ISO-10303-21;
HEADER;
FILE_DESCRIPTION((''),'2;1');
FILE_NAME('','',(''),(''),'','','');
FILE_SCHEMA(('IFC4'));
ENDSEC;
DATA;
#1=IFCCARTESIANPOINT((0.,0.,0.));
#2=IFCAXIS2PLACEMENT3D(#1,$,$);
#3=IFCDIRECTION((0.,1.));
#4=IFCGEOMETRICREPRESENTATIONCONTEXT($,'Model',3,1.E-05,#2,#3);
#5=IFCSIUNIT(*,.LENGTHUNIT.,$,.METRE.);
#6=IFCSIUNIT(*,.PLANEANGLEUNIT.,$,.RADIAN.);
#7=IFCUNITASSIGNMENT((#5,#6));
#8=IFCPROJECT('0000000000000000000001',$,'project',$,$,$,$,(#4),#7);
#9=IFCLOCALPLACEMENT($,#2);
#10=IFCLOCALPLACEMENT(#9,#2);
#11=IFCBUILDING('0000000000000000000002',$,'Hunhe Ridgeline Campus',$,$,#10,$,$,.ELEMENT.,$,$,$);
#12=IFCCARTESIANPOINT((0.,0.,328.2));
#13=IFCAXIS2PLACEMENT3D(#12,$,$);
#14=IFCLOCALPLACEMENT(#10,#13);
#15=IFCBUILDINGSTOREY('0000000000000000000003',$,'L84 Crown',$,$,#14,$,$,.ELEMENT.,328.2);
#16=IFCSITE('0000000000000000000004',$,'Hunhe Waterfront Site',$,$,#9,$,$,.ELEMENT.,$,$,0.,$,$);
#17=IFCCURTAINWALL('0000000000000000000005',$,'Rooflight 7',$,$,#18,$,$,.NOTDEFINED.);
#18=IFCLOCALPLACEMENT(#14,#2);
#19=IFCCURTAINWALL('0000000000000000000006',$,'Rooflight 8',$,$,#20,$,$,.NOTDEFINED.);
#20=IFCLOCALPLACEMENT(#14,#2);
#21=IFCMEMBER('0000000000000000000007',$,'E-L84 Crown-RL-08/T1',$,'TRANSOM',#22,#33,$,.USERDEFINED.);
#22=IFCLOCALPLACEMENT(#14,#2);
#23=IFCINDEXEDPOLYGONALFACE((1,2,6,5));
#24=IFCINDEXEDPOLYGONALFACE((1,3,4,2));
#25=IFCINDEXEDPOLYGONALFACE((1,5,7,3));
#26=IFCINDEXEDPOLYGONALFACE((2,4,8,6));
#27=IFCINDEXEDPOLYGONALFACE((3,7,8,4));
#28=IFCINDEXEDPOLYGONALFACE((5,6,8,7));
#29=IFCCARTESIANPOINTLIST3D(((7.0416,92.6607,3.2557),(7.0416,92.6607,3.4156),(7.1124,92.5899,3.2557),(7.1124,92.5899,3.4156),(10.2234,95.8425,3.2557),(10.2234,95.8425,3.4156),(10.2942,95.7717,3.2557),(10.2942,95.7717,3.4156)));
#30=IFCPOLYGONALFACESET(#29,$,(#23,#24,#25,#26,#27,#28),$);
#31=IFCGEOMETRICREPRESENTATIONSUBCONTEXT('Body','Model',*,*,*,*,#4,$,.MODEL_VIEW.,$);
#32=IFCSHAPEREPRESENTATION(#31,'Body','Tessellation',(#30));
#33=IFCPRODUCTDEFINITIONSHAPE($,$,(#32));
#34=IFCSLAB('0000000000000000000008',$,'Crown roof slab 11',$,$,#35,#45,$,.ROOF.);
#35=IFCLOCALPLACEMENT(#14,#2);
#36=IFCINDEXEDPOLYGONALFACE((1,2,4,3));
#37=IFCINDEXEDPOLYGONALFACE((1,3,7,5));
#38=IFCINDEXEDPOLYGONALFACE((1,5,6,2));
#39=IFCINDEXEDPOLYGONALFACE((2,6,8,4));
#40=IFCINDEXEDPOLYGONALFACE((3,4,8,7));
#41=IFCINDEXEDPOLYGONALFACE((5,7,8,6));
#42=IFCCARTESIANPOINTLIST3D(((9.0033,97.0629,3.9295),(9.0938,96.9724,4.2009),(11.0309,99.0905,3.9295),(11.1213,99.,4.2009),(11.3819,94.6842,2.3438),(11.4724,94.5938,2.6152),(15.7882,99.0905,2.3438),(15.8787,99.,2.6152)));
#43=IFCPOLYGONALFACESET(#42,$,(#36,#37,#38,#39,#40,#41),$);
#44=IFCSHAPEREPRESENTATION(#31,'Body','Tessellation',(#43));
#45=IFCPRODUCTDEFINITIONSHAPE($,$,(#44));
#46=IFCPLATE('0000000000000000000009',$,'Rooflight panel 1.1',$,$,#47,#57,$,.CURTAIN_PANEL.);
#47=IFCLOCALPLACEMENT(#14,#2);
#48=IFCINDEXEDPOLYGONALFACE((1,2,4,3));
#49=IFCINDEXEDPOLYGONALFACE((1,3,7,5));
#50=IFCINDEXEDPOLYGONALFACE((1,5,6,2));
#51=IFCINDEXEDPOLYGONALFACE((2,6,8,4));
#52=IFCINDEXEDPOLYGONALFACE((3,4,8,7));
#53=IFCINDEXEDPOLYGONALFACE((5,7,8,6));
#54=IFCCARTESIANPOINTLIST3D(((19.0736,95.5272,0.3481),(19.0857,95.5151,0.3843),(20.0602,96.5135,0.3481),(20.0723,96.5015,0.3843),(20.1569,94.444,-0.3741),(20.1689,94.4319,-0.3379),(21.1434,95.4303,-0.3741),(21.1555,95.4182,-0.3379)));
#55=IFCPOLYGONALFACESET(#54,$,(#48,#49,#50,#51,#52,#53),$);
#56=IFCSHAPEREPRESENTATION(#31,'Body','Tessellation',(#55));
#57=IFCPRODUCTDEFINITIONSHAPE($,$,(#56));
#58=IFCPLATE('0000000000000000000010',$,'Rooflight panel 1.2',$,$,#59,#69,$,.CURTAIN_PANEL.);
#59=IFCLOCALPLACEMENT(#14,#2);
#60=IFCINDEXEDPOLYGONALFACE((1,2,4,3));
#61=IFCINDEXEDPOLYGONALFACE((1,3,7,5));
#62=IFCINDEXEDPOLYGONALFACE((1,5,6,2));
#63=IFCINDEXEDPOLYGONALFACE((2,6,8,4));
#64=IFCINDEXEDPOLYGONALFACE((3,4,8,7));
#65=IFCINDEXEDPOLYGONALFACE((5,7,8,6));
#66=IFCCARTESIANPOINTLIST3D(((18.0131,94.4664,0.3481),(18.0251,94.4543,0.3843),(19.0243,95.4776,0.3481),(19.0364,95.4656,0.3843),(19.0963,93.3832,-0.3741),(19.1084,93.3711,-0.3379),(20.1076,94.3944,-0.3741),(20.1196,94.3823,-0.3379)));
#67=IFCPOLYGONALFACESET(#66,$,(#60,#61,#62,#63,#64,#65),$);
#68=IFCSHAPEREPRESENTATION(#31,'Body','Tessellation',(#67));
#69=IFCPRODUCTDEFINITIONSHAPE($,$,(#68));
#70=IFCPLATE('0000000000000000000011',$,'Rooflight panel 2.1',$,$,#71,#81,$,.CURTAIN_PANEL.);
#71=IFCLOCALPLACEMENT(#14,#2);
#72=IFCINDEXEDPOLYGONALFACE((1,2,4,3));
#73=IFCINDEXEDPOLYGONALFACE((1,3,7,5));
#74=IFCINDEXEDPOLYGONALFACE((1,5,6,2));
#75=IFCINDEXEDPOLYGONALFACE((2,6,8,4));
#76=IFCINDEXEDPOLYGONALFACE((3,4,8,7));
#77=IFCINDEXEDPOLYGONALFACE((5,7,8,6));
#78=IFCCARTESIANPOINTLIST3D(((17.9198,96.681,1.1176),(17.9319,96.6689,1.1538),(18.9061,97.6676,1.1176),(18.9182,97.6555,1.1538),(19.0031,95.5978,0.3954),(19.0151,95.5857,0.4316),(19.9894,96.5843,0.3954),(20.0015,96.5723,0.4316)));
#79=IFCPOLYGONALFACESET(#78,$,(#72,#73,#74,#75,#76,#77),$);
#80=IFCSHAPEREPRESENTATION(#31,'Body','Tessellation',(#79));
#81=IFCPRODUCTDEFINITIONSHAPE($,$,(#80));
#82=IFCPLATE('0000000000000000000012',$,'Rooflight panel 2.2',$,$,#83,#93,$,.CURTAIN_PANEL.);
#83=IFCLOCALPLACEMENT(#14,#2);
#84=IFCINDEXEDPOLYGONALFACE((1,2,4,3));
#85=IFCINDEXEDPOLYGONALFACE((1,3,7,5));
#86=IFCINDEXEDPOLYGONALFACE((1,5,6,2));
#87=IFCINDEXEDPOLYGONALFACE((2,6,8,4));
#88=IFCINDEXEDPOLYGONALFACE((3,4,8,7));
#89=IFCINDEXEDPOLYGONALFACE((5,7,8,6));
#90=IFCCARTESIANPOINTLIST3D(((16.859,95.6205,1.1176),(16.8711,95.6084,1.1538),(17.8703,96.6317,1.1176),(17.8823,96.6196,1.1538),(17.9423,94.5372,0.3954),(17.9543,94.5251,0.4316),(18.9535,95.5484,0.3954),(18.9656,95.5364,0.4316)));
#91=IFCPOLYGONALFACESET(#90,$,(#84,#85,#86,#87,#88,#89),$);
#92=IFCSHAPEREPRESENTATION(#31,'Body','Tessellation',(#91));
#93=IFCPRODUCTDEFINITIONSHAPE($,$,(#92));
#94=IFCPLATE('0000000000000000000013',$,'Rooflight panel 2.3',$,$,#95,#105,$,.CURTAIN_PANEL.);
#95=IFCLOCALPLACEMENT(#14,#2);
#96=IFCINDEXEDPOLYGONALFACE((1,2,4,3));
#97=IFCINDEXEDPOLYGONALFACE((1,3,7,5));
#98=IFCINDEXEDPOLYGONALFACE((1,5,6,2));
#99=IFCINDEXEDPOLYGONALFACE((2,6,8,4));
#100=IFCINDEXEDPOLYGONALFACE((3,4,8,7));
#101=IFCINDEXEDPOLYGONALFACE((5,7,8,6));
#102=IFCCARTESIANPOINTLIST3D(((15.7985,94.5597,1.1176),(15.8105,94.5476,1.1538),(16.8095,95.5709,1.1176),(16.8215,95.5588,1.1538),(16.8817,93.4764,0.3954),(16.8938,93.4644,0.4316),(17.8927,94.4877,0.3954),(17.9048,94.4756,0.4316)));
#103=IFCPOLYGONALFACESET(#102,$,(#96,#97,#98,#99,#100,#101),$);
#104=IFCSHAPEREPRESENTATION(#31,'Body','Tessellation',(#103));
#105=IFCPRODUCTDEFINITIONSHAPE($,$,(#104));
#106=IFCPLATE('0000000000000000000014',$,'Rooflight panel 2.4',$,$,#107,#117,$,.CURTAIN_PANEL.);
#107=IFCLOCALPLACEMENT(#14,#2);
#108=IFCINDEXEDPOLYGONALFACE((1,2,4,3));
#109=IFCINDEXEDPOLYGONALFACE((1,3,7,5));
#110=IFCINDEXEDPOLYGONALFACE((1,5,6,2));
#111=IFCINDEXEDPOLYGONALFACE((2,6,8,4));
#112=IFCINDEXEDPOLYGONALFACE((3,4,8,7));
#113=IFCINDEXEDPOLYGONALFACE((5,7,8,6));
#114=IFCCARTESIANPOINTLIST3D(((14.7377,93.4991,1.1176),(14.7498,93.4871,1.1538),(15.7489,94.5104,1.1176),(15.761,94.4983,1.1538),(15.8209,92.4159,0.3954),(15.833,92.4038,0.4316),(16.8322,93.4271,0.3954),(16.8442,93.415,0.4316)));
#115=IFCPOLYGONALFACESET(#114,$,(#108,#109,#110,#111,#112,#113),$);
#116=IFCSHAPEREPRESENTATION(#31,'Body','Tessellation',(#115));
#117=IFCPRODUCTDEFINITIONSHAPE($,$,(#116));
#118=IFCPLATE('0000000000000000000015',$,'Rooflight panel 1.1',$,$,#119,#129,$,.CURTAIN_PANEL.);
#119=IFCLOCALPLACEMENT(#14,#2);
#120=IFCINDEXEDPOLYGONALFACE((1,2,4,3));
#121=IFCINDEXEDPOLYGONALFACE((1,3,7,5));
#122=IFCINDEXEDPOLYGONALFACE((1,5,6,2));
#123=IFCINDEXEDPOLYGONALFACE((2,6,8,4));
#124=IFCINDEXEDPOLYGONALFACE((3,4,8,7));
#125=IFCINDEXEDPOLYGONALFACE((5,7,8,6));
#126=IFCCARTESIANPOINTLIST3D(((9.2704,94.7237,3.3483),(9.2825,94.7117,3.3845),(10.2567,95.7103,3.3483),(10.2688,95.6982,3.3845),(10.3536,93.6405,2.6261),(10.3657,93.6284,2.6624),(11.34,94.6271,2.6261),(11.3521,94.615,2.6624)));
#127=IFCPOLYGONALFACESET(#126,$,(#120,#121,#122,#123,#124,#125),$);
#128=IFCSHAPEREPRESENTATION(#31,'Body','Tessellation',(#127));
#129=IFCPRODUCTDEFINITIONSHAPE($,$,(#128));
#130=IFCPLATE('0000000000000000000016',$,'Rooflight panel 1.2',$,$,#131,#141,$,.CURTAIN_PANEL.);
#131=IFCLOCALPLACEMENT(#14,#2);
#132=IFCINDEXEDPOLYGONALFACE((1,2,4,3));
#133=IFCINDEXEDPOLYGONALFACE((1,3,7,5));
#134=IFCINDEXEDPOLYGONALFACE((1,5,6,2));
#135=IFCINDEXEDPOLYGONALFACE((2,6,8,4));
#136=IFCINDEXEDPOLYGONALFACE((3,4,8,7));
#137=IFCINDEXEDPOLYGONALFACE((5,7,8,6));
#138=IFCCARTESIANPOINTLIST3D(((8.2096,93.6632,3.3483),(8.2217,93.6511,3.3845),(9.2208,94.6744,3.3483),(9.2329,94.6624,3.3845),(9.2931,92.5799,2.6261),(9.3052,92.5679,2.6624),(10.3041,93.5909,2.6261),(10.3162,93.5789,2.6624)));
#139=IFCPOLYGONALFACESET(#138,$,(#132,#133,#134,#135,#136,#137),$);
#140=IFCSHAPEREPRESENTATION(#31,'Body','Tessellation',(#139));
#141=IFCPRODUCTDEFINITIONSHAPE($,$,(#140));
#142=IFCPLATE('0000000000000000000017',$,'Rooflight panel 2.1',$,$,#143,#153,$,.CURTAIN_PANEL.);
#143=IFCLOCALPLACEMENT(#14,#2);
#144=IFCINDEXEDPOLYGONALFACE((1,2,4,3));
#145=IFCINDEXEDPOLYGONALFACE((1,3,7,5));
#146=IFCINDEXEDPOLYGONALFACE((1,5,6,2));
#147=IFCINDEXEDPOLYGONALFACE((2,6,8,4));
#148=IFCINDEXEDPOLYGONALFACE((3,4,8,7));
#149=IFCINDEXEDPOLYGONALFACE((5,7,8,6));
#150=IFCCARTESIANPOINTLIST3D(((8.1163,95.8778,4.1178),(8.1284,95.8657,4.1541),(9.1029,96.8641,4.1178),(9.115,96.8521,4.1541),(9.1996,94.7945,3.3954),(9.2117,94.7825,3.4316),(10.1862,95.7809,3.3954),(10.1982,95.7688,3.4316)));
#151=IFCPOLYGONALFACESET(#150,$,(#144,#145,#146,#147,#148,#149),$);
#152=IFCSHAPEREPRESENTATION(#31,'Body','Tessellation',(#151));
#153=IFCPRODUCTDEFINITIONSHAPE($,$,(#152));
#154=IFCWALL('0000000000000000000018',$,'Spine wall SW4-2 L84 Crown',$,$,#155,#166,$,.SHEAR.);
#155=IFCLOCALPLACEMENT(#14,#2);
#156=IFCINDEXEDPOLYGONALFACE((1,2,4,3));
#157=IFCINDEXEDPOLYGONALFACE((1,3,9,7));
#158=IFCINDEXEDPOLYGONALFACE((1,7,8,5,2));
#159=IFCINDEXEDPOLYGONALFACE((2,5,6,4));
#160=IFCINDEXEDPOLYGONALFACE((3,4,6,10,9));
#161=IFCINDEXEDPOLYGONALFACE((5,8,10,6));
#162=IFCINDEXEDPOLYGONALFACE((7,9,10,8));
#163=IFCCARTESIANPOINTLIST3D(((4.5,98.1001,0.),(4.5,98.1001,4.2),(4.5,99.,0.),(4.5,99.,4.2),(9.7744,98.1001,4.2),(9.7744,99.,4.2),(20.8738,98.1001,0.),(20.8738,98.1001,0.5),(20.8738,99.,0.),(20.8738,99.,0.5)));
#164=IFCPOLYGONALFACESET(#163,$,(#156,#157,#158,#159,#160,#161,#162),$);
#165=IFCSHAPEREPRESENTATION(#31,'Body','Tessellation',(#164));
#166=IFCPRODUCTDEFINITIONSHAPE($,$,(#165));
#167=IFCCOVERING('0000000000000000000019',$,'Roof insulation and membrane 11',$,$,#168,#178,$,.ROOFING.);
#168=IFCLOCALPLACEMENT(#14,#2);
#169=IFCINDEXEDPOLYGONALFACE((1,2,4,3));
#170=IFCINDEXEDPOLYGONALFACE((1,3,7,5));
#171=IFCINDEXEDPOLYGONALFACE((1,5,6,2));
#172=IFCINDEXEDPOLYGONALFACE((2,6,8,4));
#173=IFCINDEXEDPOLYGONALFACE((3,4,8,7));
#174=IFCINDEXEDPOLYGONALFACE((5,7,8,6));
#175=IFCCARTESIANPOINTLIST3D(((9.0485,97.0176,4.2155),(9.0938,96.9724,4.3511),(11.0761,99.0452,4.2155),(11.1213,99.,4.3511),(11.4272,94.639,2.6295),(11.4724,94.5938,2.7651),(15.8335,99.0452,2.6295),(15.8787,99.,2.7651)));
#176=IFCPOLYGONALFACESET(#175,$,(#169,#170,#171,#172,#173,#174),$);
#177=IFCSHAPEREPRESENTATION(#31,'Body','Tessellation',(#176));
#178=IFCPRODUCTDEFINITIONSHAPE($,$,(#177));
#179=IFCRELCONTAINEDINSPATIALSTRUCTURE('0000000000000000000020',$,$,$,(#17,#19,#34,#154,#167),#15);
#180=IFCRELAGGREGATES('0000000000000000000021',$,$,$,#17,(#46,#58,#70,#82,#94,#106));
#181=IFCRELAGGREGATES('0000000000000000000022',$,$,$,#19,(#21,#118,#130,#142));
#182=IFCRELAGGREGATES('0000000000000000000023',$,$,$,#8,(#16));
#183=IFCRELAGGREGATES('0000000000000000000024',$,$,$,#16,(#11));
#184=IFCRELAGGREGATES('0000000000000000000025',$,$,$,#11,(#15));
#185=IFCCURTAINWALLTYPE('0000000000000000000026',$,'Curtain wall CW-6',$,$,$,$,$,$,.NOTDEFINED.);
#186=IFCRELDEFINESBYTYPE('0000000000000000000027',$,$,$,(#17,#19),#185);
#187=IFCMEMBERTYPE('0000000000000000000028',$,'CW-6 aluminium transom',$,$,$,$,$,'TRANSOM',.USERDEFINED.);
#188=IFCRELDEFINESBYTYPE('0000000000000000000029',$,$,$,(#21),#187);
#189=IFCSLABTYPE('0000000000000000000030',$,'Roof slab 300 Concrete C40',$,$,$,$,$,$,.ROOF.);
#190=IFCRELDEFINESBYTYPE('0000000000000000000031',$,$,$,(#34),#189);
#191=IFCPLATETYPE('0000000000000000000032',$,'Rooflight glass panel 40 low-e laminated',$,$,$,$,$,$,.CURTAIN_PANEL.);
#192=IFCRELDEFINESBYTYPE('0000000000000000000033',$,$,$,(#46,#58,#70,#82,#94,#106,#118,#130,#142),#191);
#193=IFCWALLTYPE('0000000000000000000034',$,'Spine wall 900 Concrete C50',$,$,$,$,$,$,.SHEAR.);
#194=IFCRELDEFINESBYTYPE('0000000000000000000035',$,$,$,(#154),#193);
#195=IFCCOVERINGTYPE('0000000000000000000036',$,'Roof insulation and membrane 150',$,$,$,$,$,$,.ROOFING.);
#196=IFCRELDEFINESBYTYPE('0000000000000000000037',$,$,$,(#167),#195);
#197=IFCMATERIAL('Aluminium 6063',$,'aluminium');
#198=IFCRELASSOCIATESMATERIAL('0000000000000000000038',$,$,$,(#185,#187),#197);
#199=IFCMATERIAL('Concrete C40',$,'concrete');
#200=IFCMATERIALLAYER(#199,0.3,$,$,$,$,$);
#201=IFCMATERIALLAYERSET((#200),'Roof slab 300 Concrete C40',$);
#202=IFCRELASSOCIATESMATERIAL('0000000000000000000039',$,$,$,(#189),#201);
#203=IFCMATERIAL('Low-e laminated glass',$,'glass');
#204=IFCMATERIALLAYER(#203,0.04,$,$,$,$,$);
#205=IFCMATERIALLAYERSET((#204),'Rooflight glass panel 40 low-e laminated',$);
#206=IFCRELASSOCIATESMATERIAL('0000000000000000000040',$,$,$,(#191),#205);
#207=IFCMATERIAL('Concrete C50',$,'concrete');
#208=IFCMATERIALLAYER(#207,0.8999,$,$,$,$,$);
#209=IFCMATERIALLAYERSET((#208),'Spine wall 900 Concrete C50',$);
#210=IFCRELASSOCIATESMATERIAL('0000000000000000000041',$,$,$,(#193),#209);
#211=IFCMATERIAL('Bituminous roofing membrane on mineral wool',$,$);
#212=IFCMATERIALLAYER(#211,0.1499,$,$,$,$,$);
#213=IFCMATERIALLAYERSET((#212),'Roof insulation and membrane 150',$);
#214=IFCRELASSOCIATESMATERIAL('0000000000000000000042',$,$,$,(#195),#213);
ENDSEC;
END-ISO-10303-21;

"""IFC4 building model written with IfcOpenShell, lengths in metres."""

from ifc_helpers import new_model, si_unit, direction, frame, origin, origin_2d, place, context, subcontext, project, spatial, polyline, rectangle, outline, extrude, material, layer, layer_set, material_profile, profile_set, type_object, element, aggregate, save


model = new_model("IFC4")

# Units and contexts
model_context = context("Model", 3, precision=1e-05, world=origin(), true_north=direction((0.0, 1.0)))
body_context = subcontext(model_context, "Body", "Model", "MODEL_VIEW")
ifc_project = project(units=[si_unit("LENGTHUNIT", "METRE"), si_unit("PLANEANGLEUNIT", "RADIAN")], contexts=[model_context])

# Site, building, storey
site_placement = place(None, origin())
site = spatial("IfcSite", under=ifc_project, at=site_placement, Name="Hunhe Waterfront Site", CompositionType="ELEMENT", RefElevation=0.0)
building_placement = place(site_placement, origin())
building = spatial("IfcBuilding", under=site, at=building_placement, Name="Hunhe Ridgeline Campus", CompositionType="ELEMENT")
storey_placement = place(building_placement, frame((0.0, 0.0, 328.2)))
storey = spatial("IfcBuildingStorey", under=building, at=storey_placement, Name="L84 Crown", CompositionType="ELEMENT", Elevation=328.2)

# Curtain walls
ifc_material_1 = material(Name="Aluminium 6063", Category="aluminium")
curtain_wall_type = type_object("IfcCurtainWallType", Name="Curtain wall CW-6", PredefinedType="NOTDEFINED", material=ifc_material_1)
curtain_wall_1_placement = place(storey_placement, origin())
curtain_wall_1 = element("IfcCurtainWall", 1, at=curtain_wall_1_placement, inside=storey, type_object=curtain_wall_type, Name="Rooflight 7", PredefinedType="NOTDEFINED")
curtain_wall_2_placement = place(storey_placement, origin())
curtain_wall_2 = element("IfcCurtainWall", 2, at=curtain_wall_2_placement, inside=storey, type_object=curtain_wall_type, Name="Rooflight 8", PredefinedType="NOTDEFINED")

# Member
ifc_material_profile_1 = material_profile(ifc_material_1, rectangle(XDim=0.1001, YDim=0.1599, at=origin_2d()))
ifc_profile_set_1 = profile_set([ifc_material_profile_1], Name="Aluminium 6063")
member_type_1 = type_object("IfcMemberType", Name="CW-6 aluminium transom", ElementType="TRANSOM", PredefinedType="USERDEFINED", material=ifc_profile_set_1)
member_1_placement = place(storey_placement, frame((10.2588, 95.8071, 3.3357), z_axis=(-0.707107, -0.707107, 0.0), x_axis=(0.707107, -0.707107, 0.0)))
member_1 = element("IfcMember", 3, at=member_1_placement, type_object=member_type_1, Name="E-L84 Crown-RL-08/T1", ObjectType="TRANSOM", PredefinedType="USERDEFINED", context=body_context, shape_type="SweptSolid", body=[
    extrude(rectangle(XDim=0.1001, YDim=0.1599, at=origin_2d()), origin(), (0.0, 0.0, 1.0), 4.4998),
])

# Slab
ifc_material_2 = material(Name="Concrete C40", Category="concrete")
ifc_layer_1 = layer(ifc_material_2, 0.3)
ifc_layer_set_1 = layer_set([ifc_layer_1], Name="Roof slab 300 Concrete C40")
slab_type = type_object("IfcSlabType", Name="Roof slab 300 Concrete C40", PredefinedType="ROOF", material=ifc_layer_set_1)
slab_placement = place(storey_placement, frame((11.1213, 99.0, 4.2009), z_axis=(0.301499, -0.301499, 0.904542), x_axis=(-0.707107, -0.707107, 0.0)))
element("IfcSlab", 4, at=slab_placement, inside=storey, type_object=slab_type, Name="Crown roof slab 11", PredefinedType="ROOF", context=body_context, shape_type="SweptSolid", body=[
    extrude(outline(polyline([(0.0, 0.0), (2.8674, 0.0), (2.8674, 3.7189), (-3.3639, 3.7189), (0.0, 0.0)])), origin(), (0.0, 0.0, -1.0), 0.3),
])

# Plates
ifc_material_3 = material(Name="Low-e laminated glass", Category="glass")
ifc_layer_2 = layer(ifc_material_3, 0.04)
ifc_layer_set_2 = layer_set([ifc_layer_2], Name="Rooflight glass panel 40 low-e laminated")
plate_type = type_object("IfcPlateType", Name="Rooflight glass panel 40 low-e laminated", PredefinedType="CURTAIN_PANEL", material=ifc_layer_set_2)
plate_1_placement = place(storey_placement, frame((21.1555, 95.4182, -0.3379), z_axis=(0.301474, -0.301549, 0.904534), x_axis=(-0.639602, 0.639602, 0.426401)))
plate_1 = element("IfcPlate", 5, at=plate_1_placement, type_object=plate_type, Name="Rooflight panel 1.1", PredefinedType="CURTAIN_PANEL", context=body_context, shape_type="SweptSolid", body=[
    extrude(outline(polyline([(0.0, 0.0), (1.6936, 0.0), (1.6938, 1.3951), (0.0002, 1.3951), (0.0, 0.0)])), origin(), (0.0, 0.0, -1.0), 0.04),
])
plate_2_placement = place(storey_placement, frame((20.1196, 94.3823, -0.3379), z_axis=(0.301511, -0.301511, 0.904534), x_axis=(-0.639602, 0.639602, 0.426401)))
plate_2 = element("IfcPlate", 6, at=plate_2_placement, type_object=plate_type, Name="Rooflight panel 1.2", PredefinedType="CURTAIN_PANEL", context=body_context, shape_type="SweptSolid", body=[
    extrude(outline(polyline([(0.0, 0.0), (1.6936, 0.0), (1.6936, 1.4301), (0.0, 1.4301), (0.0, 0.0)])), origin(), (0.0, 0.0, -1.0), 0.04),
])
plate_3_placement = place(storey_placement, frame((20.0015, 96.5723, 0.4316), z_axis=(0.301549, -0.301474, 0.904534), x_axis=(-0.639602, 0.639602, 0.426401)))
plate_3 = element("IfcPlate", 7, at=plate_3_placement, type_object=plate_type, Name="Rooflight panel 2.1", PredefinedType="CURTAIN_PANEL", context=body_context, shape_type="SweptSolid", body=[
    extrude(outline(polyline([(0.0, 0.0), (1.6936, 0.0), (1.6935, 1.3951), (-0.0002, 1.3951), (0.0, 0.0)])), origin(), (0.0, 0.0, -1.0), 0.04),
])
plate_4_placement = place(storey_placement, frame((18.9656, 95.5364, 0.4316), z_axis=(0.301511, -0.301511, 0.904534), x_axis=(-0.639602, 0.639602, 0.426401)))
plate_4 = element("IfcPlate", 8, at=plate_4_placement, type_object=plate_type, Name="Rooflight panel 2.2", PredefinedType="CURTAIN_PANEL", context=body_context, shape_type="SweptSolid", body=[
    extrude(outline(polyline([(0.0, 0.0), (1.6936, 0.0), (1.6936, 1.4301), (0.0, 1.4301), (0.0, 0.0)])), origin(), (0.0, 0.0, -1.0), 0.04),
])
plate_5_placement = place(storey_placement, frame((17.9048, 94.4756, 0.4316), z_axis=(0.301548, -0.301475, 0.904534), x_axis=(-0.639602, 0.639602, 0.426401)))
plate_5 = element("IfcPlate", 9, at=plate_5_placement, type_object=plate_type, Name="Rooflight panel 2.3", PredefinedType="CURTAIN_PANEL", context=body_context, shape_type="SweptSolid", body=[
    extrude(outline(polyline([(0.0, 0.0), (1.6936, 0.0), (1.6935, 1.4299), (-0.0002, 1.4299), (0.0, 0.0)])), origin(), (0.0, 0.0, -1.0), 0.04),
])
plate_6_placement = place(storey_placement, frame((16.8442, 93.415, 0.4316), z_axis=(0.301511, -0.301511, 0.904534), x_axis=(-0.639602, 0.639602, 0.426401)))
plate_6 = element("IfcPlate", 10, at=plate_6_placement, type_object=plate_type, Name="Rooflight panel 2.4", PredefinedType="CURTAIN_PANEL", context=body_context, shape_type="SweptSolid", body=[
    extrude(outline(polyline([(0.0, 0.0), (1.6936, 0.0), (1.6936, 1.4301), (0.0, 1.4301), (0.0, 0.0)])), origin(), (0.0, 0.0, -1.0), 0.04),
])
aggregate(curtain_wall_1, [plate_1, plate_2, plate_3, plate_4, plate_5, plate_6])
plate_7_placement = place(storey_placement, frame((11.3521, 94.615, 2.6624), z_axis=(0.301549, -0.301474, 0.904534), x_axis=(-0.639602, 0.639602, 0.426401)))
plate_7 = element("IfcPlate", 11, at=plate_7_placement, type_object=plate_type, Name="Rooflight panel 1.1", PredefinedType="CURTAIN_PANEL", context=body_context, shape_type="SweptSolid", body=[
    extrude(outline(polyline([(0.0, 0.0), (1.6936, 0.0), (1.6935, 1.3951), (-0.0002, 1.3951), (0.0, 0.0)])), origin(), (0.0, 0.0, -1.0), 0.04),
])
plate_8_placement = place(storey_placement, frame((10.3162, 93.5789, 2.6624), z_axis=(0.301484, -0.301484, 0.904553), x_axis=(-0.639543, 0.639687, 0.426362)))
plate_8 = element("IfcPlate", 12, at=plate_8_placement, type_object=plate_type, Name="Rooflight panel 1.2", PredefinedType="CURTAIN_PANEL", context=body_context, shape_type="SweptSolid", body=[
    extrude(outline(polyline([(0.0, 0.0), (1.6938, 0.0), (1.6936, 1.4301), (-0.0001, 1.4298), (0.0, 0.0)])), origin(), (0.0, 0.0, -1.0), 0.04),
])
plate_9_placement = place(storey_placement, frame((10.1982, 95.7688, 3.4316), z_axis=(0.301557, -0.301632, 0.904478), x_axis=(-0.639563, 0.639563, 0.426519)))
plate_9 = element("IfcPlate", 13, at=plate_9_placement, type_object=plate_type, Name="Rooflight panel 2.1", PredefinedType="CURTAIN_PANEL", context=body_context, shape_type="SweptSolid", body=[
    extrude(outline(polyline([(0.0, 0.0), (1.6937, 0.0), (1.6939, 1.3951), (0.0002, 1.3951), (0.0, 0.0)])), origin(), (0.0, 0.0, -1.0), 0.04),
])
aggregate(curtain_wall_2, [member_1, plate_7, plate_8, plate_9])

# Wall
ifc_material_4 = material(Name="Concrete C50", Category="concrete")
ifc_layer_3 = layer(ifc_material_4, 0.8999)
ifc_layer_set_3 = layer_set([ifc_layer_3], Name="Spine wall 900 Concrete C50")
wall_type = type_object("IfcWallType", Name="Spine wall 900 Concrete C50", PredefinedType="SHEAR", material=ifc_layer_set_3)
wall_placement = place(storey_placement, frame((20.8738, 98.55, 0.0), z_axis=(0.0, 0.0, 1.0), x_axis=(-1.0, 0.0, 0.0)))
element("IfcWall", 14, at=wall_placement, inside=storey, type_object=wall_type, Name="Spine wall SW4-2 L84 Crown", PredefinedType="SHEAR", context=body_context, shape_type="SweptSolid", body=[
    extrude(outline(polyline([(0.0, 0.0), (16.3738, 0.0), (16.3738, 4.2), (11.0994, 4.2), (0.0, 0.5), (0.0, 0.0)])), frame((0.0, 0.45, 0.0), z_axis=(0.0, -1.0, 0.0), x_axis=(1.0, 0.0, 0.0)), (0.0, 0.0, 1.0), 0.8999),
])

# Covering
ifc_material_5 = material(Name="Bituminous roofing membrane on mineral wool")
ifc_layer_4 = layer(ifc_material_5, 0.1499)
ifc_layer_set_4 = layer_set([ifc_layer_4], Name="Roof insulation and membrane 150")
covering_type = type_object("IfcCoveringType", Name="Roof insulation and membrane 150", PredefinedType="ROOFING", material=ifc_layer_set_4)
covering_placement = place(storey_placement, frame((11.1213, 99.0, 4.3511), z_axis=(0.301537, -0.301537, 0.904517), x_axis=(-0.707107, -0.707107, 0.0)))
element("IfcCovering", 15, at=covering_placement, inside=storey, type_object=covering_type, Name="Roof insulation and membrane 11", PredefinedType="ROOFING", context=body_context, shape_type="SweptSolid", body=[
    extrude(outline(polyline([(0.0, 0.0), (2.8674, 0.0), (2.8674, 3.719), (-3.3639, 3.719), (0.0, 0.0)])), origin(), (0.0, 0.0, -1.0), 0.1499),
])

save(model, "model.ifc")
